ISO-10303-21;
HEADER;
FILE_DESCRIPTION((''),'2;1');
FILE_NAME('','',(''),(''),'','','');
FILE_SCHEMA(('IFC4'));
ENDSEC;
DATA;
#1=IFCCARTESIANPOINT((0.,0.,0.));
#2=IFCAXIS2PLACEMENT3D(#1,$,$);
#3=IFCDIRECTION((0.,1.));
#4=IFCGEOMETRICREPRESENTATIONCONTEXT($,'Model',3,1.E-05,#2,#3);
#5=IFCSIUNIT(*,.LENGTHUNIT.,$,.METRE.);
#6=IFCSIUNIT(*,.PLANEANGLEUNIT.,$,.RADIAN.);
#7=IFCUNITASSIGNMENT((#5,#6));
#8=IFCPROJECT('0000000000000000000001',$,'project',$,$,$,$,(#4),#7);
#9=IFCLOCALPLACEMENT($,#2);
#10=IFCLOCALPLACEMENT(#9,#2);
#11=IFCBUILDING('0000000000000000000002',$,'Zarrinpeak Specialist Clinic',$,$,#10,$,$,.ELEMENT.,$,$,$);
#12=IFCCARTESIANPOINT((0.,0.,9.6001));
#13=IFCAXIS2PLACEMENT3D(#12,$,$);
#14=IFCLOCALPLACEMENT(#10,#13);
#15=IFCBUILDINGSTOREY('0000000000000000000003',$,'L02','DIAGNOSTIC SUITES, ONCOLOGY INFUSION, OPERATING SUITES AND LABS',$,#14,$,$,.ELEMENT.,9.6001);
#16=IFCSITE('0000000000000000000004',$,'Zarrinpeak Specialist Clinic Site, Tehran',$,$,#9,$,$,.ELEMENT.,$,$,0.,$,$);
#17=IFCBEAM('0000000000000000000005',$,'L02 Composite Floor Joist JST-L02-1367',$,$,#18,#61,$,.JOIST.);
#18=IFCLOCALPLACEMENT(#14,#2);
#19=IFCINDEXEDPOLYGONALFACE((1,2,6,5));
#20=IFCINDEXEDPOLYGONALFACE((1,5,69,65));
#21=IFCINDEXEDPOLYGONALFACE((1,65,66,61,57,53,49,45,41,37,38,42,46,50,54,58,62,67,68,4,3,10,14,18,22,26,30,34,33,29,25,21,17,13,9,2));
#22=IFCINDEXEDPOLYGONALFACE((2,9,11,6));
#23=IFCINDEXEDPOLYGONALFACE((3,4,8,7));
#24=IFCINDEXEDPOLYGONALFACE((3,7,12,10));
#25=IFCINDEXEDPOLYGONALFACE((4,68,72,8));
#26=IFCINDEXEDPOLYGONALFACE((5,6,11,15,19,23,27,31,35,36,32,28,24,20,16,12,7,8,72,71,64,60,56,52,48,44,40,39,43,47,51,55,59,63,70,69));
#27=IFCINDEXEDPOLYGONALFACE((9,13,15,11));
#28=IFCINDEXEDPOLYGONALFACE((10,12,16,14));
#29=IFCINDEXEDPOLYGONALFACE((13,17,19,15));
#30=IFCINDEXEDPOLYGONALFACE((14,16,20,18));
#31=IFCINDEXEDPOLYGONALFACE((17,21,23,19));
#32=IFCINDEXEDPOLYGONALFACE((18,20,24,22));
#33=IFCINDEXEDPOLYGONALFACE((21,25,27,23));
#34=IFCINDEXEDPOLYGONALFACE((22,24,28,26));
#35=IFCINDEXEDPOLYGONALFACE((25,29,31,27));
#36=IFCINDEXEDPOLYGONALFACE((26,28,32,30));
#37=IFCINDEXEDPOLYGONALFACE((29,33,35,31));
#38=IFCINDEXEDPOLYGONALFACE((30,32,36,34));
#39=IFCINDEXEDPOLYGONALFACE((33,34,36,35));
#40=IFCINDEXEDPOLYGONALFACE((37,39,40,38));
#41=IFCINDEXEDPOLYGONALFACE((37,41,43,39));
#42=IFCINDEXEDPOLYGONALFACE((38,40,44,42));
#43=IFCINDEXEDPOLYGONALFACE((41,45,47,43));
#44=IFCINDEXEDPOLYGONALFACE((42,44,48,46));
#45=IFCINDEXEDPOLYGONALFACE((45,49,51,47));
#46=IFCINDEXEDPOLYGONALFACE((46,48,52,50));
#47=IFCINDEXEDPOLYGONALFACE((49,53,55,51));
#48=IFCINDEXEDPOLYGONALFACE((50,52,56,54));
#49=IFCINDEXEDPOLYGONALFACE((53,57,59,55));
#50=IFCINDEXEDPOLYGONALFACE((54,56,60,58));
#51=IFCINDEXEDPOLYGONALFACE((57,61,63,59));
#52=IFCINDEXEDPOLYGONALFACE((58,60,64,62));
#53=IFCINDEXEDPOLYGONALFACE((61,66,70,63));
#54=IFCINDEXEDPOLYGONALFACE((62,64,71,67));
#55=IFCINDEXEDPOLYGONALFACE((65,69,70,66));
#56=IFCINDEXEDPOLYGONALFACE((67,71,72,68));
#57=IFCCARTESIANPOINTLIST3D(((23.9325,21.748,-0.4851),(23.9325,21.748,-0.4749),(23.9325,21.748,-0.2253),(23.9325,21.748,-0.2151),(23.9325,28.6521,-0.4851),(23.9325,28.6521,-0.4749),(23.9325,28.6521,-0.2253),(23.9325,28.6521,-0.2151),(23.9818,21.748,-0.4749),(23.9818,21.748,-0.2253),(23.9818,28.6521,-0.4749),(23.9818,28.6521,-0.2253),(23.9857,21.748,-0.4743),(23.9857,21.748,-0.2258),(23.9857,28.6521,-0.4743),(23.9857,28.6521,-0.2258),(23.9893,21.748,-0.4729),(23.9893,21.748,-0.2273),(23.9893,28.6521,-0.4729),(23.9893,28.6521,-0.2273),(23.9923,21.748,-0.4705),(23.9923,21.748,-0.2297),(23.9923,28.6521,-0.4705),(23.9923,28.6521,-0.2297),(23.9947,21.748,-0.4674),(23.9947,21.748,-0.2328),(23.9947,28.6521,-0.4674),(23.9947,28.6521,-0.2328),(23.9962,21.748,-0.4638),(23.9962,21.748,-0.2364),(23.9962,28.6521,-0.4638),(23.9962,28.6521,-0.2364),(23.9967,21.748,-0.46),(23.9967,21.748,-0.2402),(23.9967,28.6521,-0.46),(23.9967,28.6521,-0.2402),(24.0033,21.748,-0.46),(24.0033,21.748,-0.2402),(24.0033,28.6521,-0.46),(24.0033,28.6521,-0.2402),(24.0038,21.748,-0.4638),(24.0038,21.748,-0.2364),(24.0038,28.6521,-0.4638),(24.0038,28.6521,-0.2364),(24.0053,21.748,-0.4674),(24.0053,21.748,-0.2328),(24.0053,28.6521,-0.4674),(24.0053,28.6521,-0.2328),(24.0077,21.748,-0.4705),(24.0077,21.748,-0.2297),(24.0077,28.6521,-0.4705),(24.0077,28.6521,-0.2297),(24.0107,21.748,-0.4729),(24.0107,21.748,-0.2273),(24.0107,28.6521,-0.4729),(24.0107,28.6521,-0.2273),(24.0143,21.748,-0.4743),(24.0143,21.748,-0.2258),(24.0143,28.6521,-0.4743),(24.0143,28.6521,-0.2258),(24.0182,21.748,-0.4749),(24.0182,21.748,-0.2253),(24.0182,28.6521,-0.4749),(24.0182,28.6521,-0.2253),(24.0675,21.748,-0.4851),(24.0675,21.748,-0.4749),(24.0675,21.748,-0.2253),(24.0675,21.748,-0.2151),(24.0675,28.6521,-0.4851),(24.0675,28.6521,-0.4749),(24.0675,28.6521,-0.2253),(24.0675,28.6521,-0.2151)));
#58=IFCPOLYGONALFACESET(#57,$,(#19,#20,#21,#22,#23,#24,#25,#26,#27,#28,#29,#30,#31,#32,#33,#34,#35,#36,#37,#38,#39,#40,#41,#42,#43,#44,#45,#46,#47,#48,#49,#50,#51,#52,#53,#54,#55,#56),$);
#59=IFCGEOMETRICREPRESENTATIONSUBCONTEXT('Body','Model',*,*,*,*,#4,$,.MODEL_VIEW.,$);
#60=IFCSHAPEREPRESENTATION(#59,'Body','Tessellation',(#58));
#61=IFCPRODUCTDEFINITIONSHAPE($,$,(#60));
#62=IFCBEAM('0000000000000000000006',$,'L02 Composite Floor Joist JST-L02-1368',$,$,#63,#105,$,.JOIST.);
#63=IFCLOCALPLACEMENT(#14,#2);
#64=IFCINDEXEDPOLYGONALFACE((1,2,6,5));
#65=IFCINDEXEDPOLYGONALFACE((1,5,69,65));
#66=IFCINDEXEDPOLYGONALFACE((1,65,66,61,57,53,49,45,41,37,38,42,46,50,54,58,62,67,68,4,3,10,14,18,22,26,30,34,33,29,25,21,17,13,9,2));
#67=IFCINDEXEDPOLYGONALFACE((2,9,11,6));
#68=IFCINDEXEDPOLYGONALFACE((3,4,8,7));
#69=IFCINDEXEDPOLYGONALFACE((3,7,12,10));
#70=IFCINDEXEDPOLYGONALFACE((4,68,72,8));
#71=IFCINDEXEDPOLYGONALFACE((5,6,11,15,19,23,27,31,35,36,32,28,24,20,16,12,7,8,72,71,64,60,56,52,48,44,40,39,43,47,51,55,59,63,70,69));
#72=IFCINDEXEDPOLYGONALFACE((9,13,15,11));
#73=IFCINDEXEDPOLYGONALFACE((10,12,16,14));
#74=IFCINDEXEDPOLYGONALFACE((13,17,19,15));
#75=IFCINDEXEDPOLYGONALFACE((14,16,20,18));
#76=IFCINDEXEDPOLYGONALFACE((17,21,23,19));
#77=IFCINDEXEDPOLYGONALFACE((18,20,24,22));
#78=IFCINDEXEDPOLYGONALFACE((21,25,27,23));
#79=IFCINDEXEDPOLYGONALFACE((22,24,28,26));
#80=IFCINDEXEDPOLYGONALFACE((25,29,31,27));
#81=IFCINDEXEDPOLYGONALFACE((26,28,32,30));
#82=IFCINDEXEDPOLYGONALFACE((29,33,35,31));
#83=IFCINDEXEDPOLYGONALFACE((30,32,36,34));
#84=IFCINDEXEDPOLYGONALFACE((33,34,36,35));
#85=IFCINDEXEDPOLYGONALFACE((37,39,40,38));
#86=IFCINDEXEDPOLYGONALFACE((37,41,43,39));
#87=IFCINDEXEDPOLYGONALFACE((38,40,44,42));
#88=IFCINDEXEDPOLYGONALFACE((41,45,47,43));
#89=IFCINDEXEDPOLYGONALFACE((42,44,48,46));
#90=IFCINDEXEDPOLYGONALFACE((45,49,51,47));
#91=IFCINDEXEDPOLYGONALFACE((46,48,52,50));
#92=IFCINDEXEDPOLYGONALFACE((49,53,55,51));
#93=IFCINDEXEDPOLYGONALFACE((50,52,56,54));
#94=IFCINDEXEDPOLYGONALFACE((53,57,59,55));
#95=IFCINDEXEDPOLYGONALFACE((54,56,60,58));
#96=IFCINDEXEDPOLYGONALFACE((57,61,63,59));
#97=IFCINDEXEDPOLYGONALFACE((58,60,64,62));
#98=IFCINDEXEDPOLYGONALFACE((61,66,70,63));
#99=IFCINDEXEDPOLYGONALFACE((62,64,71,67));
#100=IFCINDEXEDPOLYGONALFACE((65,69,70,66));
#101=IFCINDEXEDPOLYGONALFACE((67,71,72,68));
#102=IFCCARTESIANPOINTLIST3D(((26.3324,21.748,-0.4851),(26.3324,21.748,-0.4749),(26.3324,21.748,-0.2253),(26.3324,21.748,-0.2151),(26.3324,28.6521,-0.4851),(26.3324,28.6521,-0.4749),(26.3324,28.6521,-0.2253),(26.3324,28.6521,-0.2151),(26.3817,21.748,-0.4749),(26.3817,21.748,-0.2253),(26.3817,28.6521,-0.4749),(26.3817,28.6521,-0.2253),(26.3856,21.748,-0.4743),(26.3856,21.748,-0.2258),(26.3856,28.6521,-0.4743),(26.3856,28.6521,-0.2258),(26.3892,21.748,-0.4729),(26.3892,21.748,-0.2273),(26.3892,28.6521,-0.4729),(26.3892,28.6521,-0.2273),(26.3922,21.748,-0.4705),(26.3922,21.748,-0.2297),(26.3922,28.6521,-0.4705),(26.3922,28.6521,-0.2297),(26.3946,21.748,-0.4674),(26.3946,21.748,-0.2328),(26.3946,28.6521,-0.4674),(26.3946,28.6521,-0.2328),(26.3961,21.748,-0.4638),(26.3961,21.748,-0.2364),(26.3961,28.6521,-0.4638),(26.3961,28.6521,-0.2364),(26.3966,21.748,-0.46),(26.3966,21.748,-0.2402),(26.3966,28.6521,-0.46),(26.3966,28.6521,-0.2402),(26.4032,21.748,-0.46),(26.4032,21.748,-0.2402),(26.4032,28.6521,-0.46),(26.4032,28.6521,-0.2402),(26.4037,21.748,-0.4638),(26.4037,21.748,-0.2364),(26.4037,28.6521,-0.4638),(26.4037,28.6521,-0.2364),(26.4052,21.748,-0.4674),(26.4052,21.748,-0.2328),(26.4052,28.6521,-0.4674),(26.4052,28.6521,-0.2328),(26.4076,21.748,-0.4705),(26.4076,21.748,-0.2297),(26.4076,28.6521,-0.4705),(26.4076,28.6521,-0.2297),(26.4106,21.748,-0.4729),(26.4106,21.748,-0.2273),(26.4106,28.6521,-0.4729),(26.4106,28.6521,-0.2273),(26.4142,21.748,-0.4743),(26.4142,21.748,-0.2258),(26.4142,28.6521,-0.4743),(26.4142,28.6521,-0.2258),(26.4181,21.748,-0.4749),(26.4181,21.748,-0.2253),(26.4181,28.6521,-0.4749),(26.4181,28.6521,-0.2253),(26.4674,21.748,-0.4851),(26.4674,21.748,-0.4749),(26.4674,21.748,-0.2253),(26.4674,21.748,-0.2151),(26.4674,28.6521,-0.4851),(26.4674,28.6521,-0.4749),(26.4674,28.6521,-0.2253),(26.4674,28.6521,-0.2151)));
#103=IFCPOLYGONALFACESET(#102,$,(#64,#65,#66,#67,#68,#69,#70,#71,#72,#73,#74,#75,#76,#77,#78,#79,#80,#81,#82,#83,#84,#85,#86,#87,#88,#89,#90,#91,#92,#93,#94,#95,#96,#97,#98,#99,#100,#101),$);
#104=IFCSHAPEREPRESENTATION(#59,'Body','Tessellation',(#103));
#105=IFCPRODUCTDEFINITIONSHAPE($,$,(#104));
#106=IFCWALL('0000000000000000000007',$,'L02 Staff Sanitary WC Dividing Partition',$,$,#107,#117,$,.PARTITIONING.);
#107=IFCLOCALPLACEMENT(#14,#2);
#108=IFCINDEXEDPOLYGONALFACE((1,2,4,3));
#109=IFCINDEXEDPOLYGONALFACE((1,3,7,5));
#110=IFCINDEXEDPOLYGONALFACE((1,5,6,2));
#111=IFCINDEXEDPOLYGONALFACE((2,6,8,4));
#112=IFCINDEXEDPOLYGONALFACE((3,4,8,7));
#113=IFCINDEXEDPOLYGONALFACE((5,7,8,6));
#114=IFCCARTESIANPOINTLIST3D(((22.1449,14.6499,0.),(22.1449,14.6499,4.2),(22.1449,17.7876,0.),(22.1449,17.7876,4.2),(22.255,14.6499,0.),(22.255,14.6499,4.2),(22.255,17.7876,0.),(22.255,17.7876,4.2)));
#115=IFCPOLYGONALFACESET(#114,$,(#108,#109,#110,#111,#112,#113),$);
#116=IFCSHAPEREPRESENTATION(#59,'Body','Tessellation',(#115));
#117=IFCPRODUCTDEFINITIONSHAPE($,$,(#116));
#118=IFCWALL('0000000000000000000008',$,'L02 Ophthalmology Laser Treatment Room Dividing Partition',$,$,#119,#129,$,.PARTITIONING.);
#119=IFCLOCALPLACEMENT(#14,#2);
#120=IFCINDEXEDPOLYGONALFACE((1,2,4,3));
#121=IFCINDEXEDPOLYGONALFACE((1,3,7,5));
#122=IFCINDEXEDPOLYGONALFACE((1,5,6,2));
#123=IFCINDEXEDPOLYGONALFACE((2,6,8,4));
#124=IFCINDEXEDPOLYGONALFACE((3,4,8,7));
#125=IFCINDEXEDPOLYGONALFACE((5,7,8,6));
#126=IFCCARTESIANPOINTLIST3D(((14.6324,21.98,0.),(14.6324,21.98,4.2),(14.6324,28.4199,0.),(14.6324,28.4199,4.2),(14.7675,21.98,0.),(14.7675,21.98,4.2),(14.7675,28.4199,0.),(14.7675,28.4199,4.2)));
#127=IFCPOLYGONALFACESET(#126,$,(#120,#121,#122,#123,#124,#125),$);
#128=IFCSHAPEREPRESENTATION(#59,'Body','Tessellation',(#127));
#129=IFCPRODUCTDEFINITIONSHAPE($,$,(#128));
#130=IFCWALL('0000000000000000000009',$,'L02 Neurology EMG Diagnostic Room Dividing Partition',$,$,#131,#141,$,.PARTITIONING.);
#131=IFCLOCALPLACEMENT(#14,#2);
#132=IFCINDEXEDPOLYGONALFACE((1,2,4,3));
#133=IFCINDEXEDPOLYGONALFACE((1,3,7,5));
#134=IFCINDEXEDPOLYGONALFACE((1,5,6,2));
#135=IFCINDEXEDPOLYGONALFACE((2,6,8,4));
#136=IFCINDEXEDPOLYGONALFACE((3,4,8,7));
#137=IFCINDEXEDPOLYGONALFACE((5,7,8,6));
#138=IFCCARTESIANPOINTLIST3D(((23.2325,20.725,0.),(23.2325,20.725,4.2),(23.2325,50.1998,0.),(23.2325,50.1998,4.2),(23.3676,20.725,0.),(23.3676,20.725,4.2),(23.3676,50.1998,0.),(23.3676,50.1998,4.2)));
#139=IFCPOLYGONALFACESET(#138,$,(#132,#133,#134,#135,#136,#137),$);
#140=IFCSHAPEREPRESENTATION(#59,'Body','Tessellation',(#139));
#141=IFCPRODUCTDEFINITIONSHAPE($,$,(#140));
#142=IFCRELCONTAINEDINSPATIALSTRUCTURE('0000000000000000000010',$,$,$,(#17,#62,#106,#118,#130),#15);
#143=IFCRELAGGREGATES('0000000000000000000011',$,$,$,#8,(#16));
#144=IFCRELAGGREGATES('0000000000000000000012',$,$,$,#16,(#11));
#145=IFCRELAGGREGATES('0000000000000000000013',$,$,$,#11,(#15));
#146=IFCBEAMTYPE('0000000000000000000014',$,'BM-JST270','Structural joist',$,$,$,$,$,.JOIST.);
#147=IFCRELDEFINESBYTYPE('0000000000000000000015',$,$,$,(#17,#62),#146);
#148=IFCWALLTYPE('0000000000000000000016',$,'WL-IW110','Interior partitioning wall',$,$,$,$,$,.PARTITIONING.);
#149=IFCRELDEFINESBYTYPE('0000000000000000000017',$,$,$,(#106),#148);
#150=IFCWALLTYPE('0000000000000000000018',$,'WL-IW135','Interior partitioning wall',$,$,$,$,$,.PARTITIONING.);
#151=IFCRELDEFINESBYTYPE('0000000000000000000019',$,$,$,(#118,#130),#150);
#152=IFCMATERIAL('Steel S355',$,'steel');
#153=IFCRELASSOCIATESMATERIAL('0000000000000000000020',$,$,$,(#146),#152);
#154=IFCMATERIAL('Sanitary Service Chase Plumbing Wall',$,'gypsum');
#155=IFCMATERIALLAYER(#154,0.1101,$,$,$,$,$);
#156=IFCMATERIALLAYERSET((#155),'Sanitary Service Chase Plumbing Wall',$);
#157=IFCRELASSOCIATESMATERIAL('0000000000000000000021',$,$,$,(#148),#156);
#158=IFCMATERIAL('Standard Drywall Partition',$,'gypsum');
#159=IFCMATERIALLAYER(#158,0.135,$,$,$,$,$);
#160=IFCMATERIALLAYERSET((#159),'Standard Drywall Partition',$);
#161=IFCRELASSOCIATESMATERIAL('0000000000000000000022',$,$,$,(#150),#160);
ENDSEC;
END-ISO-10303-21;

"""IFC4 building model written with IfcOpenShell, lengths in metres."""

from ifc_helpers import new_model, si_unit, direction, frame, frame_2d, origin, origin_2d, place, context, subcontext, project, spatial, rectangle, i_section, extrude, material, layer, layer_set, material_profile, profile_set, type_object, element, save


model = new_model("IFC4")

# Units and contexts
model_context = context("Model", 3, precision=1e-05, world=origin(), true_north=direction((0.0, 1.0)))
body_context = subcontext(model_context, "Body", "Model", "MODEL_VIEW")
ifc_project = project(units=[si_unit("LENGTHUNIT", "METRE"), si_unit("PLANEANGLEUNIT", "RADIAN")], contexts=[model_context])

# Site, building, storey
site_placement = place(None, origin())
site = spatial("IfcSite", under=ifc_project, at=site_placement, Name="Zarrinpeak Specialist Clinic Site, Tehran", CompositionType="ELEMENT", RefElevation=0.0)
building_placement = place(site_placement, origin())
building = spatial("IfcBuilding", under=site, at=building_placement, Name="Zarrinpeak Specialist Clinic", CompositionType="ELEMENT")
storey_placement = place(building_placement, frame((0.0, 0.0, 9.6001)))
storey = spatial("IfcBuildingStorey", under=building, at=storey_placement, Name="L02", Description="DIAGNOSTIC SUITES, ONCOLOGY INFUSION, OPERATING SUITES AND LABS", CompositionType="ELEMENT", Elevation=9.6001)

# Shared definitions
ifc_material_1 = material(Name="Steel S355", Category="steel")

# Beams
ifc_material_profile_1 = material_profile(ifc_material_1, i_section(OverallWidth=0.135, OverallDepth=0.27, WebThickness=0.0066, FlangeThickness=0.0103, FilletRadius=0.0149, at=origin_2d()), Name="IPE 270")
ifc_profile_set_1 = profile_set([ifc_material_profile_1], Name="Steel S355")
beam_type_1 = type_object("IfcBeamType", Name="BM-JST270", Description="Structural joist", PredefinedType="JOIST", material=ifc_profile_set_1)
for number, where, z_axis, x_axis, name in (
    (1, (24.0, 21.748, -0.3501), (0.0, 1.0, 0.0), (-1.0, 0.0, 0.0), "L02 Composite Floor Joist JST-L02-1367"),
    (2, (26.3999, 21.748, -0.3501), (0.0, 1.0, 0.0), (-1.0, 0.0, 0.0), "L02 Composite Floor Joist JST-L02-1368"),
):
    element("IfcBeam", number, at=place(storey_placement, frame(where, z_axis=z_axis, x_axis=x_axis)), inside=storey, type_object=beam_type_1, Name=name, PredefinedType="JOIST", context=body_context, shape_type="SweptSolid", body=[
        extrude(i_section(OverallWidth=0.135, OverallDepth=0.27, WebThickness=0.0066, FlangeThickness=0.0103, FilletRadius=0.0149, at=origin_2d()), origin(), (0.0, 0.0, 1.0), 6.9041),
    ])

# Walls
ifc_material_2 = material(Name="Sanitary Service Chase Plumbing Wall", Category="gypsum")
ifc_layer_1 = layer(ifc_material_2, 0.1101)
ifc_layer_set_1 = layer_set([ifc_layer_1], Name="Sanitary Service Chase Plumbing Wall")
wall_type_1 = type_object("IfcWallType", Name="WL-IW110", Description="Interior partitioning wall", PredefinedType="PARTITIONING", material=ifc_layer_set_1)
wall_1_placement = place(storey_placement, frame((22.2, 14.6499, 0.0), z_axis=(0.0, 0.0, 1.0), x_axis=(0.0, 1.0, 0.0)))
element("IfcWall", 3, at=wall_1_placement, inside=storey, type_object=wall_type_1, Name="L02 Staff Sanitary WC Dividing Partition", PredefinedType="PARTITIONING", context=body_context, shape_type="SweptSolid", body=[
    extrude(rectangle(XDim=3.1377, YDim=0.1101, at=frame_2d((1.5688, 0.0))), origin(), (0.0, 0.0, 1.0), 4.2),
])
ifc_material_3 = material(Name="Standard Drywall Partition", Category="gypsum")
ifc_layer_2 = layer(ifc_material_3, 0.135)
ifc_layer_set_2 = layer_set([ifc_layer_2], Name="Standard Drywall Partition")
wall_type_2 = type_object("IfcWallType", Name="WL-IW135", Description="Interior partitioning wall", PredefinedType="PARTITIONING", material=ifc_layer_set_2)
wall_2_placement = place(storey_placement, frame((14.7, 21.98, 0.0), z_axis=(0.0, 0.0, 1.0), x_axis=(0.0, 1.0, 0.0)))
element("IfcWall", 4, at=wall_2_placement, inside=storey, type_object=wall_type_2, Name="L02 Ophthalmology Laser Treatment Room Dividing Partition", PredefinedType="PARTITIONING", context=body_context, shape_type="SweptSolid", body=[
    extrude(rectangle(XDim=6.4399, YDim=0.135, at=frame_2d((3.22, 0.0))), origin(), (0.0, 0.0, 1.0), 4.2),
])
wall_3_placement = place(storey_placement, frame((23.3, 20.7251, 0.0), z_axis=(0.0, 0.0, 1.0), x_axis=(0.0, 1.0, 0.0)))
element("IfcWall", 5, at=wall_3_placement, inside=storey, type_object=wall_type_2, Name="L02 Neurology EMG Diagnostic Room Dividing Partition", PredefinedType="PARTITIONING", context=body_context, shape_type="SweptSolid", body=[
    extrude(rectangle(XDim=29.4749, YDim=0.135, at=frame_2d((14.7373, 0.0))), origin(), (0.0, 0.0, 1.0), 4.2),
])

save(model, "model.ifc")
